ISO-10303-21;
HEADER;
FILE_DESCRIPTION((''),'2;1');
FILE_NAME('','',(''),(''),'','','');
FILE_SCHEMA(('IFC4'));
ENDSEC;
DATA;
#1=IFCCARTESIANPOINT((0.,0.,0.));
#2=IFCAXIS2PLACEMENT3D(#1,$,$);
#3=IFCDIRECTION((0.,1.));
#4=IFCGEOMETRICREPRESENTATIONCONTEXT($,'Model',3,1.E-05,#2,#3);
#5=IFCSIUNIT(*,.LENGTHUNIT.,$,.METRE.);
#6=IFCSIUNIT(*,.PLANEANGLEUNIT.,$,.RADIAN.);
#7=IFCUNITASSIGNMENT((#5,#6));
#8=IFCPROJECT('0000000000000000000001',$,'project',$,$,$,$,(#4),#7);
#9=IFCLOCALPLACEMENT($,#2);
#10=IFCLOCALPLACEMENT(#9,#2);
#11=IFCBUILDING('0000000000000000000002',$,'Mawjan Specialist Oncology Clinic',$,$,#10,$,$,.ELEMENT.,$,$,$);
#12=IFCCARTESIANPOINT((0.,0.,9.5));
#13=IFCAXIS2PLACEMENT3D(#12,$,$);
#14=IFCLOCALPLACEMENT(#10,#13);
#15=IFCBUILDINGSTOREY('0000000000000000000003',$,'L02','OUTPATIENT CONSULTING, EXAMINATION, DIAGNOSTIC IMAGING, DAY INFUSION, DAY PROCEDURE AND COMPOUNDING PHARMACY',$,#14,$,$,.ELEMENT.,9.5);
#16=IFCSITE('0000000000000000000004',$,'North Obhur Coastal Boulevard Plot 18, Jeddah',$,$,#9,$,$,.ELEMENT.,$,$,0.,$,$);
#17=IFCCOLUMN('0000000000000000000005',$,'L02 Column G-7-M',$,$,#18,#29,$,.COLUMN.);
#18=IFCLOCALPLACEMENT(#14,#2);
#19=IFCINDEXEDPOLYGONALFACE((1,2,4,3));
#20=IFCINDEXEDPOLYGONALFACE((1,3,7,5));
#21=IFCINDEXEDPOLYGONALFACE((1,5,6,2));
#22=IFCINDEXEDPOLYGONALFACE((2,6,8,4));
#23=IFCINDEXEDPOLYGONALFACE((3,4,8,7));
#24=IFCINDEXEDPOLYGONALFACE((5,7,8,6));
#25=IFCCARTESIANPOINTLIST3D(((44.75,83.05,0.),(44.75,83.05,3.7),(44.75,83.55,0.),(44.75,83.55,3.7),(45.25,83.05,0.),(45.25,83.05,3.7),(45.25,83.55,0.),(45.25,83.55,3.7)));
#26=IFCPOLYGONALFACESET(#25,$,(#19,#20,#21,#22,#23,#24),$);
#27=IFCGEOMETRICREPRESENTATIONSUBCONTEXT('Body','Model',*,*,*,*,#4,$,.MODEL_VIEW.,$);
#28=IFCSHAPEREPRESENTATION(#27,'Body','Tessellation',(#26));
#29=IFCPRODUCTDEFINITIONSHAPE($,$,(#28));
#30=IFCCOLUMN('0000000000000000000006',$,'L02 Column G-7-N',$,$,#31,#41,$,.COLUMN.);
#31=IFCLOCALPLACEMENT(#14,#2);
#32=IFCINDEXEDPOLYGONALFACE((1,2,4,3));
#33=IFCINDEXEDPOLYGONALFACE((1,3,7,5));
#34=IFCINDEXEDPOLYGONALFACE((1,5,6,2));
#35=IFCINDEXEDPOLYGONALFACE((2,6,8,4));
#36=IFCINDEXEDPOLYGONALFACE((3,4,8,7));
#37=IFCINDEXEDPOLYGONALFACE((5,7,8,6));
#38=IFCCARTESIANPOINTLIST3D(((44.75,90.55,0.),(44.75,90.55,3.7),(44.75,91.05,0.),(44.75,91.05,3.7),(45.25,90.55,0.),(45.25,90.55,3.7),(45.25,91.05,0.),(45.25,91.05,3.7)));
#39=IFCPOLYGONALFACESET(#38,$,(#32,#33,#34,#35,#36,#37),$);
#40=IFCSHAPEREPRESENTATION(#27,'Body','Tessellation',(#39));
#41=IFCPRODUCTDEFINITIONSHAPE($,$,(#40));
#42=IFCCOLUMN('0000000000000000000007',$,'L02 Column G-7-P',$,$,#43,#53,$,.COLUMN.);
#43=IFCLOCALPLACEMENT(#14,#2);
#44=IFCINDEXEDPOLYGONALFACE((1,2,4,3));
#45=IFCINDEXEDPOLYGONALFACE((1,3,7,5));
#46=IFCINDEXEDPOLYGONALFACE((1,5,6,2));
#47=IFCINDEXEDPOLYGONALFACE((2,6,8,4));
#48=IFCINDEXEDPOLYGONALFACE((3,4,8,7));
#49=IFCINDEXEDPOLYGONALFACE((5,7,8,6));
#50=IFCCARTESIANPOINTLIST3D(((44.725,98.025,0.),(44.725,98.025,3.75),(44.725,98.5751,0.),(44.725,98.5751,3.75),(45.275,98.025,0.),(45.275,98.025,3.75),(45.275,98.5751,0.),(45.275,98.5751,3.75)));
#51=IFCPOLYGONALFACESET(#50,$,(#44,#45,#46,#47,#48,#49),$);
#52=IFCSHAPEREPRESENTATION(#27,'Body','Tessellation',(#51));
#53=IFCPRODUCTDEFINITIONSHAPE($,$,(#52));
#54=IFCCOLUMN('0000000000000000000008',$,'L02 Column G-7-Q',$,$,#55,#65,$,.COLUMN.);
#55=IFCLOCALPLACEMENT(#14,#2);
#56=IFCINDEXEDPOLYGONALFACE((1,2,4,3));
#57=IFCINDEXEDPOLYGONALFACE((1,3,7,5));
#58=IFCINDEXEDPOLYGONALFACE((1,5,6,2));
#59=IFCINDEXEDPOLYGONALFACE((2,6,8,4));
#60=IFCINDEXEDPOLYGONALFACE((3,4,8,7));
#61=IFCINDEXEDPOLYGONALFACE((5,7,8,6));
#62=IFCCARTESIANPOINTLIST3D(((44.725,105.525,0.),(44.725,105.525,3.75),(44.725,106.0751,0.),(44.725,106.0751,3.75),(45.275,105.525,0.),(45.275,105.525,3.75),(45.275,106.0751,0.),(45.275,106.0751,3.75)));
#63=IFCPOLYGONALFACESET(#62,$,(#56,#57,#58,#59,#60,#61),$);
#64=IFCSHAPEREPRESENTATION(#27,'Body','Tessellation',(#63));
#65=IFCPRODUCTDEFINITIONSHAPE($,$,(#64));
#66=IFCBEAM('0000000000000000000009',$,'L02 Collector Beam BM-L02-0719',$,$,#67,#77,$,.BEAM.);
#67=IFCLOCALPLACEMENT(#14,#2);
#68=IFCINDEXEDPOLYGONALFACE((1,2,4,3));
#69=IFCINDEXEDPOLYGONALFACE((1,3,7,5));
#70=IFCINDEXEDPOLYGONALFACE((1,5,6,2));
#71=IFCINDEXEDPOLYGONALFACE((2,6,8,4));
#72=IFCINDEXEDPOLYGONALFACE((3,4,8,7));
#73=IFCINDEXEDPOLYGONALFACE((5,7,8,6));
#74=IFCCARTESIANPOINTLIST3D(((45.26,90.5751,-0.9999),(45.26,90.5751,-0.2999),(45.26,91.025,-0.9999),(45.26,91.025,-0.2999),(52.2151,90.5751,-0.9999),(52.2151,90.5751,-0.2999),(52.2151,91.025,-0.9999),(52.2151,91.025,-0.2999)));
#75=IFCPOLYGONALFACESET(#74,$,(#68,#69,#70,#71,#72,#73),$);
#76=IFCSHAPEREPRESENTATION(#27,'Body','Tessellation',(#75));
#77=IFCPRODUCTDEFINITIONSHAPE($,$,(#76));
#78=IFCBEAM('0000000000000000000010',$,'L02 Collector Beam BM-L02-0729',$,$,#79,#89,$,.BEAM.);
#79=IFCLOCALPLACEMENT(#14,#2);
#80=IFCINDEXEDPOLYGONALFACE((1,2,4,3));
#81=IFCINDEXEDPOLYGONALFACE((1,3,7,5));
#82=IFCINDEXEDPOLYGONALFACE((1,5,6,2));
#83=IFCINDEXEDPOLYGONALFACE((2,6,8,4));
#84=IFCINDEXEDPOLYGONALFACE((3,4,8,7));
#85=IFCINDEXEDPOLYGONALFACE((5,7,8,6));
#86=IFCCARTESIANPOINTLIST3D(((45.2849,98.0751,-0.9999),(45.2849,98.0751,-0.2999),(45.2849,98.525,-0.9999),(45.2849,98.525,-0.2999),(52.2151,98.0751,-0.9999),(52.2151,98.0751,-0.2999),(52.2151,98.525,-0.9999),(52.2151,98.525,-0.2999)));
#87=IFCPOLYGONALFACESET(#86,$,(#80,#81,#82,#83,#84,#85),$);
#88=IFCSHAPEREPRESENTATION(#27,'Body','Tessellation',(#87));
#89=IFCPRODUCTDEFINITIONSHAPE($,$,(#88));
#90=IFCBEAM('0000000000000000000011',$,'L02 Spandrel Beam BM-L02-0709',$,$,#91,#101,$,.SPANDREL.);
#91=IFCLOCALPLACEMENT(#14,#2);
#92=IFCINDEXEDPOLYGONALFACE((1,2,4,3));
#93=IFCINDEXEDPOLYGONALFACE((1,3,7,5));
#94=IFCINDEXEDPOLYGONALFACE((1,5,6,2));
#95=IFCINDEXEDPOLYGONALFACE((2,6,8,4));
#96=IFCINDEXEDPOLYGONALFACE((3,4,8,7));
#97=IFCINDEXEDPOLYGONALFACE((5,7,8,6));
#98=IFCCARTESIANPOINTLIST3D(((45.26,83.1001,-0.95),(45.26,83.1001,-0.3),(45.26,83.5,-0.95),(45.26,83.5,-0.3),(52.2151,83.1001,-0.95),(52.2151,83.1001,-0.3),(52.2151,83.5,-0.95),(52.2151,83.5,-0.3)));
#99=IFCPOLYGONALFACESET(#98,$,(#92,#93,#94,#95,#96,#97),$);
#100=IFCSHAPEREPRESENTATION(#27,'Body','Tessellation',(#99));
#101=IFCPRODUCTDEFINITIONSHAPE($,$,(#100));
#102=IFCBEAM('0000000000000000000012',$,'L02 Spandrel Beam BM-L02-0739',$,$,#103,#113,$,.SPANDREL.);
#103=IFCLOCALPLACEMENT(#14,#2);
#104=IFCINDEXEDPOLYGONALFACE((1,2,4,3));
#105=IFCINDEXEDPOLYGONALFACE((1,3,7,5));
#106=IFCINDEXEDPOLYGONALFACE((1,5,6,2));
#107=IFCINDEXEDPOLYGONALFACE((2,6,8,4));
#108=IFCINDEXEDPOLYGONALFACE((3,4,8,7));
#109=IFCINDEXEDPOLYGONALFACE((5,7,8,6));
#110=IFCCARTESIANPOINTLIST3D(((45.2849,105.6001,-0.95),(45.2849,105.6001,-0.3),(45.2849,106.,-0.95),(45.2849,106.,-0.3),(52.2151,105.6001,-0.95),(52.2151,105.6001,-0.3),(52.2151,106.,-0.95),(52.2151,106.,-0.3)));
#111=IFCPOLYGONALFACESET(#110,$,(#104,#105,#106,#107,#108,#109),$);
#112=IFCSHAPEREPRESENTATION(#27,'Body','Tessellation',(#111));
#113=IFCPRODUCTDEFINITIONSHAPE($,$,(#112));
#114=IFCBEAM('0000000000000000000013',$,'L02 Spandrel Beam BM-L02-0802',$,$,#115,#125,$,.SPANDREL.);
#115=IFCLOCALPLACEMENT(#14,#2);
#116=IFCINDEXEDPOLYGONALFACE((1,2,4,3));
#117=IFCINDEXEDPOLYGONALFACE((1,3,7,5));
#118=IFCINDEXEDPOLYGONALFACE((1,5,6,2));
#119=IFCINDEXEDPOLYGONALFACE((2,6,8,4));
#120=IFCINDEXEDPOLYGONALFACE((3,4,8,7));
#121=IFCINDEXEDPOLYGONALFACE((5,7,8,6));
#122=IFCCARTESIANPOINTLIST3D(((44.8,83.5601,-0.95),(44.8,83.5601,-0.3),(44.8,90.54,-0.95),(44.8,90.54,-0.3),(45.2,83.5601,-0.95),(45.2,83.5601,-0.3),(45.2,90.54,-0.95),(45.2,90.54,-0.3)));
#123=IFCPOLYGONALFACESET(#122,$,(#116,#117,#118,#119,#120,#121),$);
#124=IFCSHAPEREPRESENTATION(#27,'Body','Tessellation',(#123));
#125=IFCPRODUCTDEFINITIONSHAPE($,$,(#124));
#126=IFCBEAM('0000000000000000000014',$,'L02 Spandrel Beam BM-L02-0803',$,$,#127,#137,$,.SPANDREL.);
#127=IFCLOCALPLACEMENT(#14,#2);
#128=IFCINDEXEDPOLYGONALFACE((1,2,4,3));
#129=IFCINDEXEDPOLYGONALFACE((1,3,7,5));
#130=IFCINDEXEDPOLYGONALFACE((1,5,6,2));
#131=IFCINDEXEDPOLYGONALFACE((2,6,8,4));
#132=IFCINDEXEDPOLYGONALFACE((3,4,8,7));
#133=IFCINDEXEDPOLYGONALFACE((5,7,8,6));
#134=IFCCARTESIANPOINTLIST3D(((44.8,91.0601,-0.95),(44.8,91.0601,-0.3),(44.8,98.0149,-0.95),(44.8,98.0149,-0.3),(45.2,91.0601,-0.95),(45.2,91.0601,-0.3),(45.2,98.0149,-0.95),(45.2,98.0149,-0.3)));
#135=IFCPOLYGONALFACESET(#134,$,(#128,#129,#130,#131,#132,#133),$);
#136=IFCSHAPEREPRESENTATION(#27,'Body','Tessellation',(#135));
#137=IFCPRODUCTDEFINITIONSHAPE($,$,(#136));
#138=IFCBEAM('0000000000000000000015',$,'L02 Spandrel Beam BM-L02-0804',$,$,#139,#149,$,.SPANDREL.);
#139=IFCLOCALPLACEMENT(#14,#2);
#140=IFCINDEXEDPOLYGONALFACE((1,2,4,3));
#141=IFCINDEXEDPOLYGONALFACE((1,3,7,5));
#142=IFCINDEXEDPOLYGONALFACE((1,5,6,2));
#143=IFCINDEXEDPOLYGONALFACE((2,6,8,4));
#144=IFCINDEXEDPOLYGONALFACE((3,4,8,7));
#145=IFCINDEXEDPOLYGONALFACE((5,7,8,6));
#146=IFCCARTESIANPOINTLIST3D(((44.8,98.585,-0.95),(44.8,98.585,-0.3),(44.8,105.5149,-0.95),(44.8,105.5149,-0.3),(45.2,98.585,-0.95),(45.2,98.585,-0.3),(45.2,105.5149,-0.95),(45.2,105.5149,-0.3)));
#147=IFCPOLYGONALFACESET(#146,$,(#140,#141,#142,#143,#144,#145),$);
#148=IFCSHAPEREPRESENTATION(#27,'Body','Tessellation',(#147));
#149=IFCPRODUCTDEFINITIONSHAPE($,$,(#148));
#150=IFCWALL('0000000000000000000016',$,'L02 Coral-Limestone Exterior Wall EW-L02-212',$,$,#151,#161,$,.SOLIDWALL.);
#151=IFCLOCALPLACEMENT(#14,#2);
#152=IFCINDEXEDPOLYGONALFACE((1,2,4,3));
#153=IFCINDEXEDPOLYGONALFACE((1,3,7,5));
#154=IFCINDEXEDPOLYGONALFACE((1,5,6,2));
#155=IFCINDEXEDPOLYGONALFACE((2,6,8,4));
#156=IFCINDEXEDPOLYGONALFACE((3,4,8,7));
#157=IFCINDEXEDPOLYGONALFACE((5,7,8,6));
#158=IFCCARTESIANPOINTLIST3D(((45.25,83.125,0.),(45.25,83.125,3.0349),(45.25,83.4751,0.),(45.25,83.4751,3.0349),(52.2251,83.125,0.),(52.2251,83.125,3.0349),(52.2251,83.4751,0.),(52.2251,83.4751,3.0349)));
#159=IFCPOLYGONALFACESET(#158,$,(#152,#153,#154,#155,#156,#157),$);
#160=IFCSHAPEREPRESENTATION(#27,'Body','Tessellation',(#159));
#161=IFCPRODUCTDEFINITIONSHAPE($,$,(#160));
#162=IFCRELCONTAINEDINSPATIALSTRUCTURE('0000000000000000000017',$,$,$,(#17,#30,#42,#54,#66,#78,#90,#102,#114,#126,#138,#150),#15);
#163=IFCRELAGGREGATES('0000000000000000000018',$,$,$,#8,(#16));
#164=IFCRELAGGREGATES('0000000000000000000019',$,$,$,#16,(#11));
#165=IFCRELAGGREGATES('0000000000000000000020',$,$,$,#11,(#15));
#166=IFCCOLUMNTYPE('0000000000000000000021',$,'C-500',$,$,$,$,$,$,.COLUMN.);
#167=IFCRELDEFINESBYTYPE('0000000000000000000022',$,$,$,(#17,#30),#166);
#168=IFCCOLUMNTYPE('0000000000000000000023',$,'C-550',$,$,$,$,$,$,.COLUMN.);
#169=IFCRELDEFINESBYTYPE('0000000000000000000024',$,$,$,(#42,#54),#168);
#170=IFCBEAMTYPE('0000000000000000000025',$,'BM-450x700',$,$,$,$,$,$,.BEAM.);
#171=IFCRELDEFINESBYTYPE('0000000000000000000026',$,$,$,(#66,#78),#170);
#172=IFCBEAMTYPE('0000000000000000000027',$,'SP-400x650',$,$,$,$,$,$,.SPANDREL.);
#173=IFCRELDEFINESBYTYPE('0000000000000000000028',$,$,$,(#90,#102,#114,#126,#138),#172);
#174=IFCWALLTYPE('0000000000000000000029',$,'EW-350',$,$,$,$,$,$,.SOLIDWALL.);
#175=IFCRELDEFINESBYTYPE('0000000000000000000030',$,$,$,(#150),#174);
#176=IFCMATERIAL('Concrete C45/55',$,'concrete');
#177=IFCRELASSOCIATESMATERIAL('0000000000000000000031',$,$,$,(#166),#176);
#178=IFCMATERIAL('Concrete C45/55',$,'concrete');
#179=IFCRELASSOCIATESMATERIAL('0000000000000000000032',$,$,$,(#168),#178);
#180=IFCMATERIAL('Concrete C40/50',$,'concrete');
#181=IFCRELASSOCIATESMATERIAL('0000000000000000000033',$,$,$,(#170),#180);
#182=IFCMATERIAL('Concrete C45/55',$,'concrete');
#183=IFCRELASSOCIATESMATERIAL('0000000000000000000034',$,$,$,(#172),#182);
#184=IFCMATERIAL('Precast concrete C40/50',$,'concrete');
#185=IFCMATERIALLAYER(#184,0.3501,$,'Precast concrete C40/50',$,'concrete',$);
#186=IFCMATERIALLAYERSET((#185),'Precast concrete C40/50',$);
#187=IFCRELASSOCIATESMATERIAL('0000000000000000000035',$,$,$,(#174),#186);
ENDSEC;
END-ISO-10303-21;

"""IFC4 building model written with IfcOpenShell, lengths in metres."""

from ifc_helpers import new_model, si_unit, direction, frame, frame_2d, origin, origin_2d, place, context, subcontext, project, spatial, rectangle, extrude, material, layer, layer_set, material_profile, profile_set, type_object, element, save


model = new_model("IFC4")

# Units and contexts
model_context = context("Model", 3, precision=1e-05, world=origin(), true_north=direction((0.0, 1.0)))
body_context = subcontext(model_context, "Body", "Model", "MODEL_VIEW")
ifc_project = project(units=[si_unit("LENGTHUNIT", "METRE"), si_unit("PLANEANGLEUNIT", "RADIAN")], contexts=[model_context])

# Site, building, storey
site_placement = place(None, origin())
site = spatial("IfcSite", under=ifc_project, at=site_placement, Name="North Obhur Coastal Boulevard Plot 18, Jeddah", CompositionType="ELEMENT", RefElevation=0.0)
building_placement = place(site_placement, origin())
building = spatial("IfcBuilding", under=site, at=building_placement, Name="Mawjan Specialist Oncology Clinic", CompositionType="ELEMENT")
storey_placement = place(building_placement, frame((0.0, 0.0, 9.5)))
storey = spatial("IfcBuildingStorey", under=building, at=storey_placement, Name="L02", Description="OUTPATIENT CONSULTING, EXAMINATION, DIAGNOSTIC IMAGING, DAY INFUSION, DAY PROCEDURE AND COMPOUNDING PHARMACY", CompositionType="ELEMENT", Elevation=9.5)

# Columns
ifc_material_1 = material(Name="Concrete C45/55", Category="concrete")
ifc_material_profile_1 = material_profile(ifc_material_1, rectangle(XDim=0.5, YDim=0.5, at=origin_2d()), Name="RC COL 500x500", Category="concrete")
ifc_profile_set_1 = profile_set([ifc_material_profile_1], Name="Concrete C45/55")
column_type_1 = type_object("IfcColumnType", Name="C-500", PredefinedType="COLUMN", material=ifc_profile_set_1)
for number, where, z_axis, x_axis, name in (
    (1, (45.0, 83.3, 0.0), (0.0, 0.0, 1.0), (1.0, 0.0, 0.0), "L02 Column G-7-M"),
    (2, (45.0, 90.8, 0.0), (0.0, 0.0, 1.0), (1.0, 0.0, 0.0), "L02 Column G-7-N"),
):
    element("IfcColumn", number, at=place(storey_placement, frame(where, z_axis=z_axis, x_axis=x_axis)), inside=storey, type_object=column_type_1, Name=name, PredefinedType="COLUMN", context=body_context, shape_type="SweptSolid", body=[
        extrude(rectangle(XDim=0.5, YDim=0.5, at=origin_2d()), origin(), (0.0, 0.0, 1.0), 3.7),
    ])
ifc_material_2 = material(Name="Concrete C45/55", Category="concrete")
ifc_material_profile_2 = material_profile(ifc_material_2, rectangle(XDim=0.55, YDim=0.55, at=origin_2d()), Name="RC COL 550x550", Category="concrete")
ifc_profile_set_2 = profile_set([ifc_material_profile_2], Name="Concrete C45/55")
column_type_2 = type_object("IfcColumnType", Name="C-550", PredefinedType="COLUMN", material=ifc_profile_set_2)
for number, where, z_axis, x_axis, name in (
    (3, (45.0, 98.3, 0.0), (0.0, 0.0, 1.0), (1.0, 0.0, 0.0), "L02 Column G-7-P"),
    (4, (45.0, 105.8, 0.0), (0.0, 0.0, 1.0), (1.0, 0.0, 0.0), "L02 Column G-7-Q"),
):
    element("IfcColumn", number, at=place(storey_placement, frame(where, z_axis=z_axis, x_axis=x_axis)), inside=storey, type_object=column_type_2, Name=name, PredefinedType="COLUMN", context=body_context, shape_type="SweptSolid", body=[
        extrude(rectangle(XDim=0.55, YDim=0.55, at=origin_2d()), origin(), (0.0, 0.0, 1.0), 3.75),
    ])

# Beams
ifc_material_3 = material(Name="Concrete C40/50", Category="concrete")
ifc_material_profile_3 = material_profile(ifc_material_3, rectangle(XDim=0.45, YDim=0.7, at=origin_2d()), Name="RC BM 450x700", Category="concrete")
ifc_profile_set_3 = profile_set([ifc_material_profile_3], Name="Concrete C40/50")
beam_type_1 = type_object("IfcBeamType", Name="BM-450x700", PredefinedType="BEAM", material=ifc_profile_set_3)
beam_1_placement = place(storey_placement, frame((45.26, 90.8, -0.6499), z_axis=(1.0, 0.0, 0.0), x_axis=(0.0, 1.0, 0.0)))
element("IfcBeam", 5, at=beam_1_placement, inside=storey, type_object=beam_type_1, Name="L02 Collector Beam BM-L02-0719", PredefinedType="BEAM", context=body_context, shape_type="SweptSolid", body=[
    extrude(rectangle(XDim=0.45, YDim=0.7, at=origin_2d()), origin(), (0.0, 0.0, 1.0), 6.9551),
])
beam_2_placement = place(storey_placement, frame((45.2849, 98.3, -0.6499), z_axis=(1.0, 0.0, 0.0), x_axis=(0.0, 1.0, 0.0)))
element("IfcBeam", 6, at=beam_2_placement, inside=storey, type_object=beam_type_1, Name="L02 Collector Beam BM-L02-0729", PredefinedType="BEAM", context=body_context, shape_type="SweptSolid", body=[
    extrude(rectangle(XDim=0.45, YDim=0.7, at=origin_2d()), origin(), (0.0, 0.0, 1.0), 6.9302),
])
ifc_material_4 = material(Name="Concrete C45/55", Category="concrete")
ifc_material_profile_4 = material_profile(ifc_material_4, rectangle(XDim=0.3999, YDim=0.6499, at=origin_2d()), Name="RC BM 400x650", Category="concrete")
ifc_profile_set_4 = profile_set([ifc_material_profile_4], Name="Concrete C45/55")
beam_type_2 = type_object("IfcBeamType", Name="SP-400x650", PredefinedType="SPANDREL", material=ifc_profile_set_4)
beam_3_placement = place(storey_placement, frame((45.26, 83.3, -0.625), z_axis=(1.0, 0.0, 0.0), x_axis=(0.0, 1.0, 0.0)))
element("IfcBeam", 7, at=beam_3_placement, inside=storey, type_object=beam_type_2, Name="L02 Spandrel Beam BM-L02-0709", PredefinedType="SPANDREL", context=body_context, shape_type="SweptSolid", body=[
    extrude(rectangle(XDim=0.3999, YDim=0.6499, at=origin_2d()), origin(), (0.0, 0.0, 1.0), 6.9551),
])
beam_4_placement = place(storey_placement, frame((45.2849, 105.8, -0.625), z_axis=(1.0, 0.0, 0.0), x_axis=(0.0, 1.0, 0.0)))
element("IfcBeam", 8, at=beam_4_placement, inside=storey, type_object=beam_type_2, Name="L02 Spandrel Beam BM-L02-0739", PredefinedType="SPANDREL", context=body_context, shape_type="SweptSolid", body=[
    extrude(rectangle(XDim=0.3999, YDim=0.6499, at=origin_2d()), origin(), (0.0, 0.0, 1.0), 6.9302),
])
beam_5_placement = place(storey_placement, frame((45.0, 83.5601, -0.625), z_axis=(0.0, 1.0, 0.0), x_axis=(-1.0, 0.0, 0.0)))
element("IfcBeam", 9, at=beam_5_placement, inside=storey, type_object=beam_type_2, Name="L02 Spandrel Beam BM-L02-0802", PredefinedType="SPANDREL", context=body_context, shape_type="SweptSolid", body=[
    extrude(rectangle(XDim=0.3999, YDim=0.6499, at=origin_2d()), origin(), (0.0, 0.0, 1.0), 6.98),
])
beam_6_placement = place(storey_placement, frame((45.0, 91.0601, -0.625), z_axis=(0.0, 1.0, 0.0), x_axis=(-1.0, 0.0, 0.0)))
element("IfcBeam", 10, at=beam_6_placement, inside=storey, type_object=beam_type_2, Name="L02 Spandrel Beam BM-L02-0803", PredefinedType="SPANDREL", context=body_context, shape_type="SweptSolid", body=[
    extrude(rectangle(XDim=0.3999, YDim=0.6499, at=origin_2d()), origin(), (0.0, 0.0, 1.0), 6.9548),
])
beam_7_placement = place(storey_placement, frame((45.0, 98.585, -0.625), z_axis=(0.0, 1.0, 0.0), x_axis=(-1.0, 0.0, 0.0)))
element("IfcBeam", 11, at=beam_7_placement, inside=storey, type_object=beam_type_2, Name="L02 Spandrel Beam BM-L02-0804", PredefinedType="SPANDREL", context=body_context, shape_type="SweptSolid", body=[
    extrude(rectangle(XDim=0.3999, YDim=0.6499, at=origin_2d()), origin(), (0.0, 0.0, 1.0), 6.9299),
])

# Wall
ifc_material_5 = material(Name="Precast concrete C40/50", Category="concrete")
ifc_layer_1 = layer(ifc_material_5, 0.3501, Name="Precast concrete C40/50", Category="concrete")
ifc_layer_set_1 = layer_set([ifc_layer_1], Name="Precast concrete C40/50")
wall_type_1 = type_object("IfcWallType", Name="EW-350", PredefinedType="SOLIDWALL", material=ifc_layer_set_1)
wall_1_placement = place(storey_placement, frame((52.2251, 83.3, 0.0), z_axis=(0.0, 0.0, 1.0), x_axis=(-1.0, 0.0, 0.0)))
element("IfcWall", 12, at=wall_1_placement, inside=storey, type_object=wall_type_1, Name="L02 Coral-Limestone Exterior Wall EW-L02-212", PredefinedType="SOLIDWALL", context=body_context, shape_type="SweptSolid", body=[
    extrude(rectangle(XDim=6.9751, YDim=0.3501, at=frame_2d((3.4875, 0.0))), origin(), (0.0, 0.0, 1.0), 3.0349),
])

save(model, "model.ifc")
